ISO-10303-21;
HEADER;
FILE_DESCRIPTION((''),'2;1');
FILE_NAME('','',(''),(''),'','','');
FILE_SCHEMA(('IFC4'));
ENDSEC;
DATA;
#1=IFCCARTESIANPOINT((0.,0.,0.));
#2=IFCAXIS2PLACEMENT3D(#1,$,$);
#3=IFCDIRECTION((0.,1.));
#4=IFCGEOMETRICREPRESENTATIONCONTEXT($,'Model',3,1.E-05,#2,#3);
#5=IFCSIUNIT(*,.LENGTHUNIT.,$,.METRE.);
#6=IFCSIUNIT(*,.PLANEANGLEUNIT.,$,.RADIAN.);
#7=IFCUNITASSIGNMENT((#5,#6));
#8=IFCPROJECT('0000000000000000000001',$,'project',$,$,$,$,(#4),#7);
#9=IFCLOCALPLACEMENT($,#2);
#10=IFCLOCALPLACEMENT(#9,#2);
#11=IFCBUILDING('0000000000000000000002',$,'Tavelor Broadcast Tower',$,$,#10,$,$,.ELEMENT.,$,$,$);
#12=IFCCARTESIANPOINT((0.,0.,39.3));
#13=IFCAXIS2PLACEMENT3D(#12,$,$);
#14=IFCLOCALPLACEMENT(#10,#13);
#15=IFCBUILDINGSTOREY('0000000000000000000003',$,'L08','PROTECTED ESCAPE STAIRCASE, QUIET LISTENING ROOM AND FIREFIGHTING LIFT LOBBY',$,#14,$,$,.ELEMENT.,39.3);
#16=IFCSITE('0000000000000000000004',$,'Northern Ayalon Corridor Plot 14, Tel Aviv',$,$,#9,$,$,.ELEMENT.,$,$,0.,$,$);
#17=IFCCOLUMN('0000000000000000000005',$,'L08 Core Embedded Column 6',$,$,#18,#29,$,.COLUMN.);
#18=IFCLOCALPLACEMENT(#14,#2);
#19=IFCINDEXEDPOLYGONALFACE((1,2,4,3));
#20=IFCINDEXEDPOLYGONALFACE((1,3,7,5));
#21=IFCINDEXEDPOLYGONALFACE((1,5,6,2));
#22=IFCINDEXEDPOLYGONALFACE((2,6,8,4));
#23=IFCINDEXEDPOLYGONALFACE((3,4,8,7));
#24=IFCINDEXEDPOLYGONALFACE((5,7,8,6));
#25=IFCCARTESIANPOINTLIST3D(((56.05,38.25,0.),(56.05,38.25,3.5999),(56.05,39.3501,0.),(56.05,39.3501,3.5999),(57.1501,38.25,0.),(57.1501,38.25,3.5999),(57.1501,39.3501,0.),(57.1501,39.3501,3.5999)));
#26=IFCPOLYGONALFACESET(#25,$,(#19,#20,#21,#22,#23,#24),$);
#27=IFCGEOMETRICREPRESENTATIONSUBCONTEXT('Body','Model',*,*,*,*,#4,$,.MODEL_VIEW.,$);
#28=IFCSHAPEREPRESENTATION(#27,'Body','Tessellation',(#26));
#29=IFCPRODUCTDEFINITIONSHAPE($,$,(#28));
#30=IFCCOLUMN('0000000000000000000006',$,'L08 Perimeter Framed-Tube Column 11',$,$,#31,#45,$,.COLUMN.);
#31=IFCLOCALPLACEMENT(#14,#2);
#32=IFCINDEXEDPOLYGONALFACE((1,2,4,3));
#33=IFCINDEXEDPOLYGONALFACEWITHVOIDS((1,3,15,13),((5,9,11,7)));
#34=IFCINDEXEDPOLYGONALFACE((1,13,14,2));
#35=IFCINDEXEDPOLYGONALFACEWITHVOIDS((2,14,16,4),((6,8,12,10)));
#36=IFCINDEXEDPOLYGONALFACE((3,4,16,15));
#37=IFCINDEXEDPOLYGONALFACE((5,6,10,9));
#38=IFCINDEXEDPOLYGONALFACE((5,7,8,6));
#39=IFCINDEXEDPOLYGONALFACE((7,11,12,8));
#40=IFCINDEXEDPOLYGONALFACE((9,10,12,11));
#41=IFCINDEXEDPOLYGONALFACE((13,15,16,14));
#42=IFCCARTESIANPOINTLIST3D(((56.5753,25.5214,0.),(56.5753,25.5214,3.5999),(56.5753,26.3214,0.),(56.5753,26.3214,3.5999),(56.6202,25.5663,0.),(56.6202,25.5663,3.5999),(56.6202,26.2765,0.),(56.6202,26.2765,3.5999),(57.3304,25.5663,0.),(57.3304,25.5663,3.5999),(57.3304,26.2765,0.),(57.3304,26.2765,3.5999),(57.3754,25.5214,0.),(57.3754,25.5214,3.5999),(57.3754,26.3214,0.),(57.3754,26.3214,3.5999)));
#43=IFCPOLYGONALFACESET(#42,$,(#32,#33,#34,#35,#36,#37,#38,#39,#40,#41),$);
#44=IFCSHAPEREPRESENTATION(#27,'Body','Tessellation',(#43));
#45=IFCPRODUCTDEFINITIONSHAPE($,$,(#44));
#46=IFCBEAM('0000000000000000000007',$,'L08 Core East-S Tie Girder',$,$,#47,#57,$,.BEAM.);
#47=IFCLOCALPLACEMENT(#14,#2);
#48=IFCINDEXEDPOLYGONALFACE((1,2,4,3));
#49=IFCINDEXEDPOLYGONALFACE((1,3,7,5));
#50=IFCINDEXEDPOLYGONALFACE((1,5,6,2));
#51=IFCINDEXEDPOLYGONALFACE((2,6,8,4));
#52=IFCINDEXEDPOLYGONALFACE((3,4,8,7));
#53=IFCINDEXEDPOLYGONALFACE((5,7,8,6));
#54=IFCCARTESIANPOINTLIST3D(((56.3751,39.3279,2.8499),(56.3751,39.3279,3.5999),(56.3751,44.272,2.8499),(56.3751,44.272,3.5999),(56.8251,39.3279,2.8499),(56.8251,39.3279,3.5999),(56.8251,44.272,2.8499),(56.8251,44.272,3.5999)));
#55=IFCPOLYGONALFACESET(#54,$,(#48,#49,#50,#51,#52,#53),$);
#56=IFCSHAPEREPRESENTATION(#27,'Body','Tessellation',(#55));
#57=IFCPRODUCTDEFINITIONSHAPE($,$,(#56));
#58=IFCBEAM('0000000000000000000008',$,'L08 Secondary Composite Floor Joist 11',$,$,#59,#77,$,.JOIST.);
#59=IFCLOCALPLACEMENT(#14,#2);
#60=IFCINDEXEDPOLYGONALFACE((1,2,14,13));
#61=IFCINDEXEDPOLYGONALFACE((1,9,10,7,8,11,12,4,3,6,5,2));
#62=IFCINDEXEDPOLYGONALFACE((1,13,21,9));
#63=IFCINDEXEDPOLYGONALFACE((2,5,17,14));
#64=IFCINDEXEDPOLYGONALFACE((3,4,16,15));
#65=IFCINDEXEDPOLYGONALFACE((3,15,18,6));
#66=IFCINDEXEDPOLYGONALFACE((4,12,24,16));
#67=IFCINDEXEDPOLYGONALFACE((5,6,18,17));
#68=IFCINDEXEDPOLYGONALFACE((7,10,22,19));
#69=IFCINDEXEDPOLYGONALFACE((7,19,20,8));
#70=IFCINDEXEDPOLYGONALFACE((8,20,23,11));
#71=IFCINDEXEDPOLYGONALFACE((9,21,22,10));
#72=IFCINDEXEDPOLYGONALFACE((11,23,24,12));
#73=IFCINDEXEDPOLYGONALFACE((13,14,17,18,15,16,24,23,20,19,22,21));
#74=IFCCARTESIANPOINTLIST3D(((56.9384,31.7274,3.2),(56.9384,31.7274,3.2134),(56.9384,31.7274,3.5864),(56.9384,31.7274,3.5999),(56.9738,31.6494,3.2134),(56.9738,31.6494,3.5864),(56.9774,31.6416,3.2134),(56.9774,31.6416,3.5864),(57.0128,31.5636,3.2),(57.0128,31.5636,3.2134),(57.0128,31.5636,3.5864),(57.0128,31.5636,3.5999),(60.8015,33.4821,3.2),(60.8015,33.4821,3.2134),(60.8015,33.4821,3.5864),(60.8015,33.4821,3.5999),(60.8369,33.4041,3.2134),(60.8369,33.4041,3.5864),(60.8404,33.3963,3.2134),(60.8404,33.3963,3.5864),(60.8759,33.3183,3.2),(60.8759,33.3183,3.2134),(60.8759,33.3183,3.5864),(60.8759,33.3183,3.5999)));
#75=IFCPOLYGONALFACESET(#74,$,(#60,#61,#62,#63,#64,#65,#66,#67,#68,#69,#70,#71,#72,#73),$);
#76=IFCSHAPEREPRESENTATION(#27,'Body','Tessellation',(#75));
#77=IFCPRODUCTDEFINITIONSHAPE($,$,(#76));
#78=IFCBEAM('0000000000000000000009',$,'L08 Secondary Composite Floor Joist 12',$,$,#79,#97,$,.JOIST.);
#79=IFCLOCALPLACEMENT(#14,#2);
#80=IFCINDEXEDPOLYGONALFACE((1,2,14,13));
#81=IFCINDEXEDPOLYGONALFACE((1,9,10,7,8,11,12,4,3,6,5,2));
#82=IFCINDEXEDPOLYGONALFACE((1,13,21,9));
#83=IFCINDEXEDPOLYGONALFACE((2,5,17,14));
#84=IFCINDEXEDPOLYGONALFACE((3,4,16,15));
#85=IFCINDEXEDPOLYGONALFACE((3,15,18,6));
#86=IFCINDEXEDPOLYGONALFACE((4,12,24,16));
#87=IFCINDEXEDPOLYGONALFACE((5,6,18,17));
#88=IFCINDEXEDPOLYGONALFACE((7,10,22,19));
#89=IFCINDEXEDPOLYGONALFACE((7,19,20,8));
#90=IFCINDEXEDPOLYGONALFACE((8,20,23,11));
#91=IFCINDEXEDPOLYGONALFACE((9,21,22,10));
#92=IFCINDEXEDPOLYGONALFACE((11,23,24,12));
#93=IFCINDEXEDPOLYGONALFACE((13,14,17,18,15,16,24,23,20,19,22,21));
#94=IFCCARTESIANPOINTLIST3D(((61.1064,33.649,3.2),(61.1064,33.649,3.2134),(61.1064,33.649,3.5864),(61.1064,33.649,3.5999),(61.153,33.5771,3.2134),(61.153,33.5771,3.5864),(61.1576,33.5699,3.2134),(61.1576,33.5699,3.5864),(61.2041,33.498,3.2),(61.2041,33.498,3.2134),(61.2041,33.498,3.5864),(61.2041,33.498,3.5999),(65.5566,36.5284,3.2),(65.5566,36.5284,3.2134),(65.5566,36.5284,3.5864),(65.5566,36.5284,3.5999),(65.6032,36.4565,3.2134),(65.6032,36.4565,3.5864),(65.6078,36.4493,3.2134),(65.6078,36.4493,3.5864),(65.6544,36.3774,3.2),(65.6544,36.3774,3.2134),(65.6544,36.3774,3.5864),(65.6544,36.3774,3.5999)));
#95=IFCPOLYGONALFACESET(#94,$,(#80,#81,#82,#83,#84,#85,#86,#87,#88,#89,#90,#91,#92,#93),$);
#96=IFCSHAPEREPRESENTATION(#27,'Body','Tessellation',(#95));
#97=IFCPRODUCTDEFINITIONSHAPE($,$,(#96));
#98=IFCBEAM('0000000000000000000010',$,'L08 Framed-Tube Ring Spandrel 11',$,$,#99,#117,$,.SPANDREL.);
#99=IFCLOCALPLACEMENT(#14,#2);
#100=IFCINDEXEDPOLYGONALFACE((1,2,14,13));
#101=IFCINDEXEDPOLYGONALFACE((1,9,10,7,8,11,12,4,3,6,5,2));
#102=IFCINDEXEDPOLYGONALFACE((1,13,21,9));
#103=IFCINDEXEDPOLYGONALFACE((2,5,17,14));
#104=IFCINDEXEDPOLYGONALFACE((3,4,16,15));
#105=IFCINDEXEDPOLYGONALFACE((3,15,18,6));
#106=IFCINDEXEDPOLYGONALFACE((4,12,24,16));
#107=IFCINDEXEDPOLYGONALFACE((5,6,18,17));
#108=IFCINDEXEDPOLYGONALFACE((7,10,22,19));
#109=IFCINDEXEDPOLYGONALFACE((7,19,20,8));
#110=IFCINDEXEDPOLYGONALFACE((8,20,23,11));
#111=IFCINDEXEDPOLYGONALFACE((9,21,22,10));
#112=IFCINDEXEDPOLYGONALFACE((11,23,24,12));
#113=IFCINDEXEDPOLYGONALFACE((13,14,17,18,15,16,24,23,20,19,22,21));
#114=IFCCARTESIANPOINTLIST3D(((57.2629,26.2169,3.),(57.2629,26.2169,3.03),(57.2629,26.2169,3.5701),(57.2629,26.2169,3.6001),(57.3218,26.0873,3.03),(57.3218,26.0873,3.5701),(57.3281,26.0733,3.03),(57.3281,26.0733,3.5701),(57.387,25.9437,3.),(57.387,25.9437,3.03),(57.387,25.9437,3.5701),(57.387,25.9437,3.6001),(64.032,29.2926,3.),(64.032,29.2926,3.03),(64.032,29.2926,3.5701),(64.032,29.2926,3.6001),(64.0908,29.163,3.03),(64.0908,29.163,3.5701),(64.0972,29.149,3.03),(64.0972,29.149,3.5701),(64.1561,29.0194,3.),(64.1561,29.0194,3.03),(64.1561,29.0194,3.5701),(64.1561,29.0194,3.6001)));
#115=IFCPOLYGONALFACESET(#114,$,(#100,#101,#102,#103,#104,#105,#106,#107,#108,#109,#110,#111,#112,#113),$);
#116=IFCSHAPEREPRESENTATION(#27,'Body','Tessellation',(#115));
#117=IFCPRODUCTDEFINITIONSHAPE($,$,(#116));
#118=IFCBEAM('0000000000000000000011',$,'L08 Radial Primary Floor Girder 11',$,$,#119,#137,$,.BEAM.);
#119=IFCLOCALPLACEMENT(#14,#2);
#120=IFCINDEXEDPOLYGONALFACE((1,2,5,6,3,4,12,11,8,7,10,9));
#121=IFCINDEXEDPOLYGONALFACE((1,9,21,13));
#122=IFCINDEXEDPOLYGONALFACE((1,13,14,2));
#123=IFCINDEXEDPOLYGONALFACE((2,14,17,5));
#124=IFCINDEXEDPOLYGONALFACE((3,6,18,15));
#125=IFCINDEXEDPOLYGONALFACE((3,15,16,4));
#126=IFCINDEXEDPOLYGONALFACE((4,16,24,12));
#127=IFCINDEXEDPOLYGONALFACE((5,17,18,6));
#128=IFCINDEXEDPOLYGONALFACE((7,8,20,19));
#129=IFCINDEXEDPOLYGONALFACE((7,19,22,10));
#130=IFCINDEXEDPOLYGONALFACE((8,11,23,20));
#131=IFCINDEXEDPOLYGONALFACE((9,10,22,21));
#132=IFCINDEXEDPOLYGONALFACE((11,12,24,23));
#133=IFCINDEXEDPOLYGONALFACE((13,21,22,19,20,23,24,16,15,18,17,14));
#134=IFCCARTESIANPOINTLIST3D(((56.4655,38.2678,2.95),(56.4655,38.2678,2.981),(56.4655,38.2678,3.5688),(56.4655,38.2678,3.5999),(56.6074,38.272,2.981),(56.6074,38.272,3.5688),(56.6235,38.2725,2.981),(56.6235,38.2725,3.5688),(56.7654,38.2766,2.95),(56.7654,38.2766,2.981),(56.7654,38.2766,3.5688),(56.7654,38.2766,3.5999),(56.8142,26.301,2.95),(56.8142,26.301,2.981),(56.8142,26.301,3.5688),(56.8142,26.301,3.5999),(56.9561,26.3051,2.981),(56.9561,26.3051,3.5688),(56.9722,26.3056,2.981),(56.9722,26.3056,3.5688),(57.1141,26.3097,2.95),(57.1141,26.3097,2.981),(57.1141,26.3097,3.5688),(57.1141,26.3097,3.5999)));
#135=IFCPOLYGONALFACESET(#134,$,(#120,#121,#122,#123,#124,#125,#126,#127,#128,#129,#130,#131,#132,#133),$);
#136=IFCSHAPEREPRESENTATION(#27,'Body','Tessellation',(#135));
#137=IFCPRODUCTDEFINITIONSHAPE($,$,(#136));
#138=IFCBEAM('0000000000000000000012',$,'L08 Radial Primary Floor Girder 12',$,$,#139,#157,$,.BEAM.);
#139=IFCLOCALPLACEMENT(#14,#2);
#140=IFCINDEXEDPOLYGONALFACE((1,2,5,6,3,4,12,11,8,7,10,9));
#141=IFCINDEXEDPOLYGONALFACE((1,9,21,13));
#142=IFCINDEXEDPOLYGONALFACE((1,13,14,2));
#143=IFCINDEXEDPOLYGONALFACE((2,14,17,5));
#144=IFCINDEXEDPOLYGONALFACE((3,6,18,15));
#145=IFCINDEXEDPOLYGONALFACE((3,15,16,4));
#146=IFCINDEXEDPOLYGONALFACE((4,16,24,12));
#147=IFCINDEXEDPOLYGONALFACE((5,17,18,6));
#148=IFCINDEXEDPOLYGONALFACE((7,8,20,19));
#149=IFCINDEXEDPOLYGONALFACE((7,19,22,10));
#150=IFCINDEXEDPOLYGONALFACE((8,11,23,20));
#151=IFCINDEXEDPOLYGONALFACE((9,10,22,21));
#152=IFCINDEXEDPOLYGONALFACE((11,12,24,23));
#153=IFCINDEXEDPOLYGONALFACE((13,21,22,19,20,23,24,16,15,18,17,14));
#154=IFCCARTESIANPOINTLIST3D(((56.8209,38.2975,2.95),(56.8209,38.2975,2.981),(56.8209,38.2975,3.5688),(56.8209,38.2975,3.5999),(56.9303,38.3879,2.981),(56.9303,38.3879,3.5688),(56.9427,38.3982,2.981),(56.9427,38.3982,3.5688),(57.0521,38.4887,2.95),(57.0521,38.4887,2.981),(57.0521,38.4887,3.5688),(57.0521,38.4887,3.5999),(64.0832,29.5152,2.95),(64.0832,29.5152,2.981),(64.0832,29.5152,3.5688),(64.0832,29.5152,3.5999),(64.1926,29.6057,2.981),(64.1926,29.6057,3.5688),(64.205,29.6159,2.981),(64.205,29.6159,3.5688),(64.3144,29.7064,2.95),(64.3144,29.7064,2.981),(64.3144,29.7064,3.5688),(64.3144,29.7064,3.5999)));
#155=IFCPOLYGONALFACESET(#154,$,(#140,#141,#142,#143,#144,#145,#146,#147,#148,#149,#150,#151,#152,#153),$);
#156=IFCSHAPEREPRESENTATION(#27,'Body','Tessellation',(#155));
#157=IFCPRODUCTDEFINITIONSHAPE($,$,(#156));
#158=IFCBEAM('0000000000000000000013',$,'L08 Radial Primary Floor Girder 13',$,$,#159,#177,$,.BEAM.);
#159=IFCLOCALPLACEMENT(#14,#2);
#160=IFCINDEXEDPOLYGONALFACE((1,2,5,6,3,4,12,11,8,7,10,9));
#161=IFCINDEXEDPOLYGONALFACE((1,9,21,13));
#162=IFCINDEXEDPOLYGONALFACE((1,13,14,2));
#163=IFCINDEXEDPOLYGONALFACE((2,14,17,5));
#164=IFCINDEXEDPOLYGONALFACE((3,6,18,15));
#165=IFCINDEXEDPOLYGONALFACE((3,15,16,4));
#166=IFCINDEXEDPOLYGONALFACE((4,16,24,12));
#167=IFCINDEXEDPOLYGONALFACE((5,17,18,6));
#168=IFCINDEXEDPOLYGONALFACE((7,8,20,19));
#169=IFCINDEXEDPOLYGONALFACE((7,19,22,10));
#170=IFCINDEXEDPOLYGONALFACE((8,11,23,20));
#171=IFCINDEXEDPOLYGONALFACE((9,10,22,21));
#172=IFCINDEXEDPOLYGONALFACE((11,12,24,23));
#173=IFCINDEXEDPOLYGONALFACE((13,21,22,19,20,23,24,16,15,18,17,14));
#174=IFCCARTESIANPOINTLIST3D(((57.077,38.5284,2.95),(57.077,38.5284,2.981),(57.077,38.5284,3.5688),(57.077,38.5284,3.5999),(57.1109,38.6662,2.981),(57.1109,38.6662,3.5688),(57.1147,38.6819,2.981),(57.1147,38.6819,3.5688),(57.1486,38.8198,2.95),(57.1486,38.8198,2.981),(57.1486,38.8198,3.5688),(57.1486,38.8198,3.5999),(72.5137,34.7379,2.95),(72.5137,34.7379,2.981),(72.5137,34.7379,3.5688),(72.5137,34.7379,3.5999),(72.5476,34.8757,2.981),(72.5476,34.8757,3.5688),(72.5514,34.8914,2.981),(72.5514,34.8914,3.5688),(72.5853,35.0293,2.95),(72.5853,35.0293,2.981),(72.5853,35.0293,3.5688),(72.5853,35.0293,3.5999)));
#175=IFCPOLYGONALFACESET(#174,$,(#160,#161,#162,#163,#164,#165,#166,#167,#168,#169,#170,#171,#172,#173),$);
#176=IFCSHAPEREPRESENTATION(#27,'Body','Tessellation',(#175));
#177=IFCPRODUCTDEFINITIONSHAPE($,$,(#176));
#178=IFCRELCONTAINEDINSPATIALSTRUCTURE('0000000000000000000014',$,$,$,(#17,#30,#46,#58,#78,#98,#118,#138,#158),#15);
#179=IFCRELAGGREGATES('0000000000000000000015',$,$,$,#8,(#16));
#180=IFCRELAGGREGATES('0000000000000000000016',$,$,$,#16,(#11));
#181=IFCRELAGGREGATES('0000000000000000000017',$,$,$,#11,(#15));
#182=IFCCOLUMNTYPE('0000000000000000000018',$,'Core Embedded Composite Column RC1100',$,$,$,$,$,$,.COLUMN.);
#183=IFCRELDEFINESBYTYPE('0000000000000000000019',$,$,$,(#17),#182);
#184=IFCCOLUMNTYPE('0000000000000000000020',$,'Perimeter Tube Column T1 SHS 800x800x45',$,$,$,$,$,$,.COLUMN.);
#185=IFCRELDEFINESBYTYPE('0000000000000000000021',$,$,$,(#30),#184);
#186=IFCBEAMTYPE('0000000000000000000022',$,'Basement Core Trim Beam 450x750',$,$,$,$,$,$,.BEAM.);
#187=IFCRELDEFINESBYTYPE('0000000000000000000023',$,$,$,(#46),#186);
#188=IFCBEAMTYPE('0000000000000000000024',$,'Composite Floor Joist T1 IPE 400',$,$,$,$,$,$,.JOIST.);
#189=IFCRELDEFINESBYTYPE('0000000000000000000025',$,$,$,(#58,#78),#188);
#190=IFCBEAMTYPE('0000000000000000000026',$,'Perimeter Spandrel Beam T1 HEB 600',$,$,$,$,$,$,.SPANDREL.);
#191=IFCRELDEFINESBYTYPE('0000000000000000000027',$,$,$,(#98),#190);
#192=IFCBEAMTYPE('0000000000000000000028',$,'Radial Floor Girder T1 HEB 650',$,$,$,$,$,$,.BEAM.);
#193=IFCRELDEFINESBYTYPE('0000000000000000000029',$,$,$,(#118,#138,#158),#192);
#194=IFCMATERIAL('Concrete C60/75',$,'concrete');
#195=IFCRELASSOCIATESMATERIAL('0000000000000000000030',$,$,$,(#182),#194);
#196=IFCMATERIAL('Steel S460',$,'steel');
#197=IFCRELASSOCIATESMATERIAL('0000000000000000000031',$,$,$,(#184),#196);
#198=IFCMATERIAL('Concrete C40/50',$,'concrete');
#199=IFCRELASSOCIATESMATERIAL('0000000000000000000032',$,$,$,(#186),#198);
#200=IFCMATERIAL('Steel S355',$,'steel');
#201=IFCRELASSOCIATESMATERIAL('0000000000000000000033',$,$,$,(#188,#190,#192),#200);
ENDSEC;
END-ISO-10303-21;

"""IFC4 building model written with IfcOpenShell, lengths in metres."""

from ifc_helpers import new_model, si_unit, direction, frame, origin, origin_2d, place, context, subcontext, project, spatial, rectangle, hollow_rectangle, i_section, extrude, material, material_profile, profile_set, type_object, element, save


model = new_model("IFC4")

# Units and contexts
model_context = context("Model", 3, precision=1e-05, world=origin(), true_north=direction((0.0, 1.0)))
body_context = subcontext(model_context, "Body", "Model", "MODEL_VIEW")
ifc_project = project(units=[si_unit("LENGTHUNIT", "METRE"), si_unit("PLANEANGLEUNIT", "RADIAN")], contexts=[model_context])

# Site, building, storey
site_placement = place(None, origin())
site = spatial("IfcSite", under=ifc_project, at=site_placement, Name="Northern Ayalon Corridor Plot 14, Tel Aviv", CompositionType="ELEMENT", RefElevation=0.0)
building_placement = place(site_placement, origin())
building = spatial("IfcBuilding", under=site, at=building_placement, Name="Tavelor Broadcast Tower", CompositionType="ELEMENT")
storey_placement = place(building_placement, frame((0.0, 0.0, 39.3)))
storey = spatial("IfcBuildingStorey", under=building, at=storey_placement, Name="L08", Description="PROTECTED ESCAPE STAIRCASE, QUIET LISTENING ROOM AND FIREFIGHTING LIFT LOBBY", CompositionType="ELEMENT", Elevation=39.3)

# Columns
ifc_material_1 = material(Name="Concrete C60/75", Category="concrete")
ifc_material_profile_1 = material_profile(ifc_material_1, rectangle(XDim=1.1001, YDim=1.1001, at=origin_2d()), Name="RC 1100x1100")
ifc_profile_set_1 = profile_set([ifc_material_profile_1], Name="Concrete C60/75")
column_type_1 = type_object("IfcColumnType", Name="Core Embedded Composite Column RC1100", PredefinedType="COLUMN", material=ifc_profile_set_1)
column_1_placement = place(storey_placement, frame((56.6001, 38.8, 0.0), z_axis=(0.0, 0.0, 1.0), x_axis=(1.0, 0.0, 0.0)))
element("IfcColumn", 1, at=column_1_placement, inside=storey, type_object=column_type_1, Name="L08 Core Embedded Column 6", PredefinedType="COLUMN", context=body_context, shape_type="SweptSolid", body=[
    extrude(rectangle(XDim=1.1001, YDim=1.1001, at=origin_2d()), origin(), (0.0, 0.0, 1.0), 3.5999),
])
ifc_material_2 = material(Name="Steel S460", Category="steel")
ifc_material_profile_2 = material_profile(ifc_material_2, hollow_rectangle(XDim=0.8, YDim=0.8, WallThickness=0.0449, at=origin_2d()), Name="SHS 800x800x45")
ifc_profile_set_2 = profile_set([ifc_material_profile_2], Name="Steel S460")
column_type_2 = type_object("IfcColumnType", Name="Perimeter Tube Column T1 SHS 800x800x45", PredefinedType="COLUMN", material=ifc_profile_set_2)
column_2_placement = place(storey_placement, frame((56.9753, 25.9214, 0.0), z_axis=(0.0, 0.0, 1.0), x_axis=(1.0, 0.0, 0.0)))
element("IfcColumn", 2, at=column_2_placement, inside=storey, type_object=column_type_2, Name="L08 Perimeter Framed-Tube Column 11", PredefinedType="COLUMN", context=body_context, shape_type="SweptSolid", body=[
    extrude(hollow_rectangle(XDim=0.8, YDim=0.8, WallThickness=0.0449, at=origin_2d()), origin(), (0.0, 0.0, 1.0), 3.5999),
])

# Beams
ifc_material_3 = material(Name="Concrete C40/50", Category="concrete")
ifc_material_profile_3 = material_profile(ifc_material_3, rectangle(XDim=0.45, YDim=0.75, at=origin_2d()), Name="RC 450x750")
ifc_profile_set_3 = profile_set([ifc_material_profile_3], Name="Concrete C40/50")
beam_type_1 = type_object("IfcBeamType", Name="Basement Core Trim Beam 450x750", PredefinedType="BEAM", material=ifc_profile_set_3)
beam_1_placement = place(storey_placement, frame((56.6001, 39.3279, 3.2249), z_axis=(0.0, 1.0, 0.0), x_axis=(-1.0, 0.0, 0.0)))
element("IfcBeam", 3, at=beam_1_placement, inside=storey, type_object=beam_type_1, Name="L08 Core East-S Tie Girder", PredefinedType="BEAM", context=body_context, shape_type="SweptSolid", body=[
    extrude(rectangle(XDim=0.45, YDim=0.75, at=origin_2d()), origin(), (0.0, 0.0, 1.0), 4.9441),
])
ifc_material_4 = material(Name="Steel S355", Category="steel")
ifc_material_profile_4 = material_profile(ifc_material_4, i_section(OverallWidth=0.1799, OverallDepth=0.3999, WebThickness=0.0085, FlangeThickness=0.0134, at=origin_2d()), Name="IPE 400")
ifc_profile_set_4 = profile_set([ifc_material_profile_4], Name="Steel S355")
beam_type_2 = type_object("IfcBeamType", Name="Composite Floor Joist T1 IPE 400", PredefinedType="JOIST", material=ifc_profile_set_4)
beam_2_placement = place(storey_placement, frame((56.9756, 31.6455, 3.3999), z_axis=(0.910481, 0.413551, 0.0), x_axis=(-0.413551, 0.910481, 0.0)))
element("IfcBeam", 4, at=beam_2_placement, inside=storey, type_object=beam_type_2, Name="L08 Secondary Composite Floor Joist 11", PredefinedType="JOIST", context=body_context, shape_type="SweptSolid", body=[
    extrude(i_section(OverallWidth=0.1799, OverallDepth=0.3999, WebThickness=0.0085, FlangeThickness=0.0134, at=origin_2d()), origin(), (0.0, 0.0, 1.0), 4.2429),
])
beam_3_placement = place(storey_placement, frame((61.1553, 33.5735, 3.3999), z_axis=(0.839583, 0.543232, 0.0), x_axis=(-0.543232, 0.839583, 0.0)))
element("IfcBeam", 5, at=beam_3_placement, inside=storey, type_object=beam_type_2, Name="L08 Secondary Composite Floor Joist 12", PredefinedType="JOIST", context=body_context, shape_type="SweptSolid", body=[
    extrude(i_section(OverallWidth=0.1799, OverallDepth=0.3999, WebThickness=0.0085, FlangeThickness=0.0134, at=origin_2d()), origin(), (0.0, 0.0, 1.0), 5.3005),
])
ifc_material_profile_5 = material_profile(ifc_material_4, i_section(OverallWidth=0.3, OverallDepth=0.6001, WebThickness=0.0154, FlangeThickness=0.03, at=origin_2d()), Name="HEB 600")
ifc_profile_set_5 = profile_set([ifc_material_profile_5], Name="Steel S355")
beam_type_3 = type_object("IfcBeamType", Name="Perimeter Spandrel Beam T1 HEB 600", PredefinedType="SPANDREL", material=ifc_profile_set_5)
beam_4_placement = place(storey_placement, frame((57.325, 26.0803, 3.3), z_axis=(0.910425, 0.413674, 0.0), x_axis=(-0.413674, 0.910425, 0.0)))
element("IfcBeam", 6, at=beam_4_placement, inside=storey, type_object=beam_type_3, Name="L08 Framed-Tube Ring Spandrel 11", PredefinedType="SPANDREL", context=body_context, shape_type="SweptSolid", body=[
    extrude(i_section(OverallWidth=0.3, OverallDepth=0.6001, WebThickness=0.0154, FlangeThickness=0.03, at=origin_2d()), origin(), (0.0, 0.0, 1.0), 7.4351),
])
ifc_material_profile_6 = material_profile(ifc_material_4, i_section(OverallWidth=0.3, OverallDepth=0.6499, WebThickness=0.0161, FlangeThickness=0.031, at=origin_2d()), Name="HEB 650")
ifc_profile_set_6 = profile_set([ifc_material_profile_6], Name="Steel S355")
beam_type_4 = type_object("IfcBeamType", Name="Radial Floor Girder T1 HEB 650", PredefinedType="BEAM", material=ifc_profile_set_6)
beam_5_placement = place(storey_placement, frame((56.6155, 38.2722, 3.2749), z_axis=(0.029121, -0.999576, 0.0), x_axis=(0.999576, 0.029121, 0.0)))
element("IfcBeam", 7, at=beam_5_placement, inside=storey, type_object=beam_type_4, Name="L08 Radial Primary Floor Girder 11", PredefinedType="BEAM", context=body_context, shape_type="SweptSolid", body=[
    extrude(i_section(OverallWidth=0.3, OverallDepth=0.6499, WebThickness=0.0161, FlangeThickness=0.031, at=origin_2d()), origin(), (0.0, 0.0, 1.0), 11.9719),
])
beam_6_placement = place(storey_placement, frame((56.9365, 38.3931, 3.2749), z_axis=(0.637263, -0.770646, 0.0), x_axis=(0.770646, 0.637263, 0.0)))
element("IfcBeam", 8, at=beam_6_placement, inside=storey, type_object=beam_type_4, Name="L08 Radial Primary Floor Girder 12", PredefinedType="BEAM", context=body_context, shape_type="SweptSolid", body=[
    extrude(i_section(OverallWidth=0.3, OverallDepth=0.6499, WebThickness=0.0161, FlangeThickness=0.031, at=origin_2d()), origin(), (0.0, 0.0, 1.0), 11.396),
])
beam_7_placement = place(storey_placement, frame((57.1128, 38.6741, 3.2749), z_axis=(0.97115, -0.238468, 0.0), x_axis=(0.238468, 0.97115, 0.0)))
element("IfcBeam", 9, at=beam_7_placement, inside=storey, type_object=beam_type_4, Name="L08 Radial Primary Floor Girder 13", PredefinedType="BEAM", context=body_context, shape_type="SweptSolid", body=[
    extrude(i_section(OverallWidth=0.3, OverallDepth=0.6499, WebThickness=0.0161, FlangeThickness=0.031, at=origin_2d()), origin(), (0.0, 0.0, 1.0), 15.8953),
])

save(model, "model.ifc")
